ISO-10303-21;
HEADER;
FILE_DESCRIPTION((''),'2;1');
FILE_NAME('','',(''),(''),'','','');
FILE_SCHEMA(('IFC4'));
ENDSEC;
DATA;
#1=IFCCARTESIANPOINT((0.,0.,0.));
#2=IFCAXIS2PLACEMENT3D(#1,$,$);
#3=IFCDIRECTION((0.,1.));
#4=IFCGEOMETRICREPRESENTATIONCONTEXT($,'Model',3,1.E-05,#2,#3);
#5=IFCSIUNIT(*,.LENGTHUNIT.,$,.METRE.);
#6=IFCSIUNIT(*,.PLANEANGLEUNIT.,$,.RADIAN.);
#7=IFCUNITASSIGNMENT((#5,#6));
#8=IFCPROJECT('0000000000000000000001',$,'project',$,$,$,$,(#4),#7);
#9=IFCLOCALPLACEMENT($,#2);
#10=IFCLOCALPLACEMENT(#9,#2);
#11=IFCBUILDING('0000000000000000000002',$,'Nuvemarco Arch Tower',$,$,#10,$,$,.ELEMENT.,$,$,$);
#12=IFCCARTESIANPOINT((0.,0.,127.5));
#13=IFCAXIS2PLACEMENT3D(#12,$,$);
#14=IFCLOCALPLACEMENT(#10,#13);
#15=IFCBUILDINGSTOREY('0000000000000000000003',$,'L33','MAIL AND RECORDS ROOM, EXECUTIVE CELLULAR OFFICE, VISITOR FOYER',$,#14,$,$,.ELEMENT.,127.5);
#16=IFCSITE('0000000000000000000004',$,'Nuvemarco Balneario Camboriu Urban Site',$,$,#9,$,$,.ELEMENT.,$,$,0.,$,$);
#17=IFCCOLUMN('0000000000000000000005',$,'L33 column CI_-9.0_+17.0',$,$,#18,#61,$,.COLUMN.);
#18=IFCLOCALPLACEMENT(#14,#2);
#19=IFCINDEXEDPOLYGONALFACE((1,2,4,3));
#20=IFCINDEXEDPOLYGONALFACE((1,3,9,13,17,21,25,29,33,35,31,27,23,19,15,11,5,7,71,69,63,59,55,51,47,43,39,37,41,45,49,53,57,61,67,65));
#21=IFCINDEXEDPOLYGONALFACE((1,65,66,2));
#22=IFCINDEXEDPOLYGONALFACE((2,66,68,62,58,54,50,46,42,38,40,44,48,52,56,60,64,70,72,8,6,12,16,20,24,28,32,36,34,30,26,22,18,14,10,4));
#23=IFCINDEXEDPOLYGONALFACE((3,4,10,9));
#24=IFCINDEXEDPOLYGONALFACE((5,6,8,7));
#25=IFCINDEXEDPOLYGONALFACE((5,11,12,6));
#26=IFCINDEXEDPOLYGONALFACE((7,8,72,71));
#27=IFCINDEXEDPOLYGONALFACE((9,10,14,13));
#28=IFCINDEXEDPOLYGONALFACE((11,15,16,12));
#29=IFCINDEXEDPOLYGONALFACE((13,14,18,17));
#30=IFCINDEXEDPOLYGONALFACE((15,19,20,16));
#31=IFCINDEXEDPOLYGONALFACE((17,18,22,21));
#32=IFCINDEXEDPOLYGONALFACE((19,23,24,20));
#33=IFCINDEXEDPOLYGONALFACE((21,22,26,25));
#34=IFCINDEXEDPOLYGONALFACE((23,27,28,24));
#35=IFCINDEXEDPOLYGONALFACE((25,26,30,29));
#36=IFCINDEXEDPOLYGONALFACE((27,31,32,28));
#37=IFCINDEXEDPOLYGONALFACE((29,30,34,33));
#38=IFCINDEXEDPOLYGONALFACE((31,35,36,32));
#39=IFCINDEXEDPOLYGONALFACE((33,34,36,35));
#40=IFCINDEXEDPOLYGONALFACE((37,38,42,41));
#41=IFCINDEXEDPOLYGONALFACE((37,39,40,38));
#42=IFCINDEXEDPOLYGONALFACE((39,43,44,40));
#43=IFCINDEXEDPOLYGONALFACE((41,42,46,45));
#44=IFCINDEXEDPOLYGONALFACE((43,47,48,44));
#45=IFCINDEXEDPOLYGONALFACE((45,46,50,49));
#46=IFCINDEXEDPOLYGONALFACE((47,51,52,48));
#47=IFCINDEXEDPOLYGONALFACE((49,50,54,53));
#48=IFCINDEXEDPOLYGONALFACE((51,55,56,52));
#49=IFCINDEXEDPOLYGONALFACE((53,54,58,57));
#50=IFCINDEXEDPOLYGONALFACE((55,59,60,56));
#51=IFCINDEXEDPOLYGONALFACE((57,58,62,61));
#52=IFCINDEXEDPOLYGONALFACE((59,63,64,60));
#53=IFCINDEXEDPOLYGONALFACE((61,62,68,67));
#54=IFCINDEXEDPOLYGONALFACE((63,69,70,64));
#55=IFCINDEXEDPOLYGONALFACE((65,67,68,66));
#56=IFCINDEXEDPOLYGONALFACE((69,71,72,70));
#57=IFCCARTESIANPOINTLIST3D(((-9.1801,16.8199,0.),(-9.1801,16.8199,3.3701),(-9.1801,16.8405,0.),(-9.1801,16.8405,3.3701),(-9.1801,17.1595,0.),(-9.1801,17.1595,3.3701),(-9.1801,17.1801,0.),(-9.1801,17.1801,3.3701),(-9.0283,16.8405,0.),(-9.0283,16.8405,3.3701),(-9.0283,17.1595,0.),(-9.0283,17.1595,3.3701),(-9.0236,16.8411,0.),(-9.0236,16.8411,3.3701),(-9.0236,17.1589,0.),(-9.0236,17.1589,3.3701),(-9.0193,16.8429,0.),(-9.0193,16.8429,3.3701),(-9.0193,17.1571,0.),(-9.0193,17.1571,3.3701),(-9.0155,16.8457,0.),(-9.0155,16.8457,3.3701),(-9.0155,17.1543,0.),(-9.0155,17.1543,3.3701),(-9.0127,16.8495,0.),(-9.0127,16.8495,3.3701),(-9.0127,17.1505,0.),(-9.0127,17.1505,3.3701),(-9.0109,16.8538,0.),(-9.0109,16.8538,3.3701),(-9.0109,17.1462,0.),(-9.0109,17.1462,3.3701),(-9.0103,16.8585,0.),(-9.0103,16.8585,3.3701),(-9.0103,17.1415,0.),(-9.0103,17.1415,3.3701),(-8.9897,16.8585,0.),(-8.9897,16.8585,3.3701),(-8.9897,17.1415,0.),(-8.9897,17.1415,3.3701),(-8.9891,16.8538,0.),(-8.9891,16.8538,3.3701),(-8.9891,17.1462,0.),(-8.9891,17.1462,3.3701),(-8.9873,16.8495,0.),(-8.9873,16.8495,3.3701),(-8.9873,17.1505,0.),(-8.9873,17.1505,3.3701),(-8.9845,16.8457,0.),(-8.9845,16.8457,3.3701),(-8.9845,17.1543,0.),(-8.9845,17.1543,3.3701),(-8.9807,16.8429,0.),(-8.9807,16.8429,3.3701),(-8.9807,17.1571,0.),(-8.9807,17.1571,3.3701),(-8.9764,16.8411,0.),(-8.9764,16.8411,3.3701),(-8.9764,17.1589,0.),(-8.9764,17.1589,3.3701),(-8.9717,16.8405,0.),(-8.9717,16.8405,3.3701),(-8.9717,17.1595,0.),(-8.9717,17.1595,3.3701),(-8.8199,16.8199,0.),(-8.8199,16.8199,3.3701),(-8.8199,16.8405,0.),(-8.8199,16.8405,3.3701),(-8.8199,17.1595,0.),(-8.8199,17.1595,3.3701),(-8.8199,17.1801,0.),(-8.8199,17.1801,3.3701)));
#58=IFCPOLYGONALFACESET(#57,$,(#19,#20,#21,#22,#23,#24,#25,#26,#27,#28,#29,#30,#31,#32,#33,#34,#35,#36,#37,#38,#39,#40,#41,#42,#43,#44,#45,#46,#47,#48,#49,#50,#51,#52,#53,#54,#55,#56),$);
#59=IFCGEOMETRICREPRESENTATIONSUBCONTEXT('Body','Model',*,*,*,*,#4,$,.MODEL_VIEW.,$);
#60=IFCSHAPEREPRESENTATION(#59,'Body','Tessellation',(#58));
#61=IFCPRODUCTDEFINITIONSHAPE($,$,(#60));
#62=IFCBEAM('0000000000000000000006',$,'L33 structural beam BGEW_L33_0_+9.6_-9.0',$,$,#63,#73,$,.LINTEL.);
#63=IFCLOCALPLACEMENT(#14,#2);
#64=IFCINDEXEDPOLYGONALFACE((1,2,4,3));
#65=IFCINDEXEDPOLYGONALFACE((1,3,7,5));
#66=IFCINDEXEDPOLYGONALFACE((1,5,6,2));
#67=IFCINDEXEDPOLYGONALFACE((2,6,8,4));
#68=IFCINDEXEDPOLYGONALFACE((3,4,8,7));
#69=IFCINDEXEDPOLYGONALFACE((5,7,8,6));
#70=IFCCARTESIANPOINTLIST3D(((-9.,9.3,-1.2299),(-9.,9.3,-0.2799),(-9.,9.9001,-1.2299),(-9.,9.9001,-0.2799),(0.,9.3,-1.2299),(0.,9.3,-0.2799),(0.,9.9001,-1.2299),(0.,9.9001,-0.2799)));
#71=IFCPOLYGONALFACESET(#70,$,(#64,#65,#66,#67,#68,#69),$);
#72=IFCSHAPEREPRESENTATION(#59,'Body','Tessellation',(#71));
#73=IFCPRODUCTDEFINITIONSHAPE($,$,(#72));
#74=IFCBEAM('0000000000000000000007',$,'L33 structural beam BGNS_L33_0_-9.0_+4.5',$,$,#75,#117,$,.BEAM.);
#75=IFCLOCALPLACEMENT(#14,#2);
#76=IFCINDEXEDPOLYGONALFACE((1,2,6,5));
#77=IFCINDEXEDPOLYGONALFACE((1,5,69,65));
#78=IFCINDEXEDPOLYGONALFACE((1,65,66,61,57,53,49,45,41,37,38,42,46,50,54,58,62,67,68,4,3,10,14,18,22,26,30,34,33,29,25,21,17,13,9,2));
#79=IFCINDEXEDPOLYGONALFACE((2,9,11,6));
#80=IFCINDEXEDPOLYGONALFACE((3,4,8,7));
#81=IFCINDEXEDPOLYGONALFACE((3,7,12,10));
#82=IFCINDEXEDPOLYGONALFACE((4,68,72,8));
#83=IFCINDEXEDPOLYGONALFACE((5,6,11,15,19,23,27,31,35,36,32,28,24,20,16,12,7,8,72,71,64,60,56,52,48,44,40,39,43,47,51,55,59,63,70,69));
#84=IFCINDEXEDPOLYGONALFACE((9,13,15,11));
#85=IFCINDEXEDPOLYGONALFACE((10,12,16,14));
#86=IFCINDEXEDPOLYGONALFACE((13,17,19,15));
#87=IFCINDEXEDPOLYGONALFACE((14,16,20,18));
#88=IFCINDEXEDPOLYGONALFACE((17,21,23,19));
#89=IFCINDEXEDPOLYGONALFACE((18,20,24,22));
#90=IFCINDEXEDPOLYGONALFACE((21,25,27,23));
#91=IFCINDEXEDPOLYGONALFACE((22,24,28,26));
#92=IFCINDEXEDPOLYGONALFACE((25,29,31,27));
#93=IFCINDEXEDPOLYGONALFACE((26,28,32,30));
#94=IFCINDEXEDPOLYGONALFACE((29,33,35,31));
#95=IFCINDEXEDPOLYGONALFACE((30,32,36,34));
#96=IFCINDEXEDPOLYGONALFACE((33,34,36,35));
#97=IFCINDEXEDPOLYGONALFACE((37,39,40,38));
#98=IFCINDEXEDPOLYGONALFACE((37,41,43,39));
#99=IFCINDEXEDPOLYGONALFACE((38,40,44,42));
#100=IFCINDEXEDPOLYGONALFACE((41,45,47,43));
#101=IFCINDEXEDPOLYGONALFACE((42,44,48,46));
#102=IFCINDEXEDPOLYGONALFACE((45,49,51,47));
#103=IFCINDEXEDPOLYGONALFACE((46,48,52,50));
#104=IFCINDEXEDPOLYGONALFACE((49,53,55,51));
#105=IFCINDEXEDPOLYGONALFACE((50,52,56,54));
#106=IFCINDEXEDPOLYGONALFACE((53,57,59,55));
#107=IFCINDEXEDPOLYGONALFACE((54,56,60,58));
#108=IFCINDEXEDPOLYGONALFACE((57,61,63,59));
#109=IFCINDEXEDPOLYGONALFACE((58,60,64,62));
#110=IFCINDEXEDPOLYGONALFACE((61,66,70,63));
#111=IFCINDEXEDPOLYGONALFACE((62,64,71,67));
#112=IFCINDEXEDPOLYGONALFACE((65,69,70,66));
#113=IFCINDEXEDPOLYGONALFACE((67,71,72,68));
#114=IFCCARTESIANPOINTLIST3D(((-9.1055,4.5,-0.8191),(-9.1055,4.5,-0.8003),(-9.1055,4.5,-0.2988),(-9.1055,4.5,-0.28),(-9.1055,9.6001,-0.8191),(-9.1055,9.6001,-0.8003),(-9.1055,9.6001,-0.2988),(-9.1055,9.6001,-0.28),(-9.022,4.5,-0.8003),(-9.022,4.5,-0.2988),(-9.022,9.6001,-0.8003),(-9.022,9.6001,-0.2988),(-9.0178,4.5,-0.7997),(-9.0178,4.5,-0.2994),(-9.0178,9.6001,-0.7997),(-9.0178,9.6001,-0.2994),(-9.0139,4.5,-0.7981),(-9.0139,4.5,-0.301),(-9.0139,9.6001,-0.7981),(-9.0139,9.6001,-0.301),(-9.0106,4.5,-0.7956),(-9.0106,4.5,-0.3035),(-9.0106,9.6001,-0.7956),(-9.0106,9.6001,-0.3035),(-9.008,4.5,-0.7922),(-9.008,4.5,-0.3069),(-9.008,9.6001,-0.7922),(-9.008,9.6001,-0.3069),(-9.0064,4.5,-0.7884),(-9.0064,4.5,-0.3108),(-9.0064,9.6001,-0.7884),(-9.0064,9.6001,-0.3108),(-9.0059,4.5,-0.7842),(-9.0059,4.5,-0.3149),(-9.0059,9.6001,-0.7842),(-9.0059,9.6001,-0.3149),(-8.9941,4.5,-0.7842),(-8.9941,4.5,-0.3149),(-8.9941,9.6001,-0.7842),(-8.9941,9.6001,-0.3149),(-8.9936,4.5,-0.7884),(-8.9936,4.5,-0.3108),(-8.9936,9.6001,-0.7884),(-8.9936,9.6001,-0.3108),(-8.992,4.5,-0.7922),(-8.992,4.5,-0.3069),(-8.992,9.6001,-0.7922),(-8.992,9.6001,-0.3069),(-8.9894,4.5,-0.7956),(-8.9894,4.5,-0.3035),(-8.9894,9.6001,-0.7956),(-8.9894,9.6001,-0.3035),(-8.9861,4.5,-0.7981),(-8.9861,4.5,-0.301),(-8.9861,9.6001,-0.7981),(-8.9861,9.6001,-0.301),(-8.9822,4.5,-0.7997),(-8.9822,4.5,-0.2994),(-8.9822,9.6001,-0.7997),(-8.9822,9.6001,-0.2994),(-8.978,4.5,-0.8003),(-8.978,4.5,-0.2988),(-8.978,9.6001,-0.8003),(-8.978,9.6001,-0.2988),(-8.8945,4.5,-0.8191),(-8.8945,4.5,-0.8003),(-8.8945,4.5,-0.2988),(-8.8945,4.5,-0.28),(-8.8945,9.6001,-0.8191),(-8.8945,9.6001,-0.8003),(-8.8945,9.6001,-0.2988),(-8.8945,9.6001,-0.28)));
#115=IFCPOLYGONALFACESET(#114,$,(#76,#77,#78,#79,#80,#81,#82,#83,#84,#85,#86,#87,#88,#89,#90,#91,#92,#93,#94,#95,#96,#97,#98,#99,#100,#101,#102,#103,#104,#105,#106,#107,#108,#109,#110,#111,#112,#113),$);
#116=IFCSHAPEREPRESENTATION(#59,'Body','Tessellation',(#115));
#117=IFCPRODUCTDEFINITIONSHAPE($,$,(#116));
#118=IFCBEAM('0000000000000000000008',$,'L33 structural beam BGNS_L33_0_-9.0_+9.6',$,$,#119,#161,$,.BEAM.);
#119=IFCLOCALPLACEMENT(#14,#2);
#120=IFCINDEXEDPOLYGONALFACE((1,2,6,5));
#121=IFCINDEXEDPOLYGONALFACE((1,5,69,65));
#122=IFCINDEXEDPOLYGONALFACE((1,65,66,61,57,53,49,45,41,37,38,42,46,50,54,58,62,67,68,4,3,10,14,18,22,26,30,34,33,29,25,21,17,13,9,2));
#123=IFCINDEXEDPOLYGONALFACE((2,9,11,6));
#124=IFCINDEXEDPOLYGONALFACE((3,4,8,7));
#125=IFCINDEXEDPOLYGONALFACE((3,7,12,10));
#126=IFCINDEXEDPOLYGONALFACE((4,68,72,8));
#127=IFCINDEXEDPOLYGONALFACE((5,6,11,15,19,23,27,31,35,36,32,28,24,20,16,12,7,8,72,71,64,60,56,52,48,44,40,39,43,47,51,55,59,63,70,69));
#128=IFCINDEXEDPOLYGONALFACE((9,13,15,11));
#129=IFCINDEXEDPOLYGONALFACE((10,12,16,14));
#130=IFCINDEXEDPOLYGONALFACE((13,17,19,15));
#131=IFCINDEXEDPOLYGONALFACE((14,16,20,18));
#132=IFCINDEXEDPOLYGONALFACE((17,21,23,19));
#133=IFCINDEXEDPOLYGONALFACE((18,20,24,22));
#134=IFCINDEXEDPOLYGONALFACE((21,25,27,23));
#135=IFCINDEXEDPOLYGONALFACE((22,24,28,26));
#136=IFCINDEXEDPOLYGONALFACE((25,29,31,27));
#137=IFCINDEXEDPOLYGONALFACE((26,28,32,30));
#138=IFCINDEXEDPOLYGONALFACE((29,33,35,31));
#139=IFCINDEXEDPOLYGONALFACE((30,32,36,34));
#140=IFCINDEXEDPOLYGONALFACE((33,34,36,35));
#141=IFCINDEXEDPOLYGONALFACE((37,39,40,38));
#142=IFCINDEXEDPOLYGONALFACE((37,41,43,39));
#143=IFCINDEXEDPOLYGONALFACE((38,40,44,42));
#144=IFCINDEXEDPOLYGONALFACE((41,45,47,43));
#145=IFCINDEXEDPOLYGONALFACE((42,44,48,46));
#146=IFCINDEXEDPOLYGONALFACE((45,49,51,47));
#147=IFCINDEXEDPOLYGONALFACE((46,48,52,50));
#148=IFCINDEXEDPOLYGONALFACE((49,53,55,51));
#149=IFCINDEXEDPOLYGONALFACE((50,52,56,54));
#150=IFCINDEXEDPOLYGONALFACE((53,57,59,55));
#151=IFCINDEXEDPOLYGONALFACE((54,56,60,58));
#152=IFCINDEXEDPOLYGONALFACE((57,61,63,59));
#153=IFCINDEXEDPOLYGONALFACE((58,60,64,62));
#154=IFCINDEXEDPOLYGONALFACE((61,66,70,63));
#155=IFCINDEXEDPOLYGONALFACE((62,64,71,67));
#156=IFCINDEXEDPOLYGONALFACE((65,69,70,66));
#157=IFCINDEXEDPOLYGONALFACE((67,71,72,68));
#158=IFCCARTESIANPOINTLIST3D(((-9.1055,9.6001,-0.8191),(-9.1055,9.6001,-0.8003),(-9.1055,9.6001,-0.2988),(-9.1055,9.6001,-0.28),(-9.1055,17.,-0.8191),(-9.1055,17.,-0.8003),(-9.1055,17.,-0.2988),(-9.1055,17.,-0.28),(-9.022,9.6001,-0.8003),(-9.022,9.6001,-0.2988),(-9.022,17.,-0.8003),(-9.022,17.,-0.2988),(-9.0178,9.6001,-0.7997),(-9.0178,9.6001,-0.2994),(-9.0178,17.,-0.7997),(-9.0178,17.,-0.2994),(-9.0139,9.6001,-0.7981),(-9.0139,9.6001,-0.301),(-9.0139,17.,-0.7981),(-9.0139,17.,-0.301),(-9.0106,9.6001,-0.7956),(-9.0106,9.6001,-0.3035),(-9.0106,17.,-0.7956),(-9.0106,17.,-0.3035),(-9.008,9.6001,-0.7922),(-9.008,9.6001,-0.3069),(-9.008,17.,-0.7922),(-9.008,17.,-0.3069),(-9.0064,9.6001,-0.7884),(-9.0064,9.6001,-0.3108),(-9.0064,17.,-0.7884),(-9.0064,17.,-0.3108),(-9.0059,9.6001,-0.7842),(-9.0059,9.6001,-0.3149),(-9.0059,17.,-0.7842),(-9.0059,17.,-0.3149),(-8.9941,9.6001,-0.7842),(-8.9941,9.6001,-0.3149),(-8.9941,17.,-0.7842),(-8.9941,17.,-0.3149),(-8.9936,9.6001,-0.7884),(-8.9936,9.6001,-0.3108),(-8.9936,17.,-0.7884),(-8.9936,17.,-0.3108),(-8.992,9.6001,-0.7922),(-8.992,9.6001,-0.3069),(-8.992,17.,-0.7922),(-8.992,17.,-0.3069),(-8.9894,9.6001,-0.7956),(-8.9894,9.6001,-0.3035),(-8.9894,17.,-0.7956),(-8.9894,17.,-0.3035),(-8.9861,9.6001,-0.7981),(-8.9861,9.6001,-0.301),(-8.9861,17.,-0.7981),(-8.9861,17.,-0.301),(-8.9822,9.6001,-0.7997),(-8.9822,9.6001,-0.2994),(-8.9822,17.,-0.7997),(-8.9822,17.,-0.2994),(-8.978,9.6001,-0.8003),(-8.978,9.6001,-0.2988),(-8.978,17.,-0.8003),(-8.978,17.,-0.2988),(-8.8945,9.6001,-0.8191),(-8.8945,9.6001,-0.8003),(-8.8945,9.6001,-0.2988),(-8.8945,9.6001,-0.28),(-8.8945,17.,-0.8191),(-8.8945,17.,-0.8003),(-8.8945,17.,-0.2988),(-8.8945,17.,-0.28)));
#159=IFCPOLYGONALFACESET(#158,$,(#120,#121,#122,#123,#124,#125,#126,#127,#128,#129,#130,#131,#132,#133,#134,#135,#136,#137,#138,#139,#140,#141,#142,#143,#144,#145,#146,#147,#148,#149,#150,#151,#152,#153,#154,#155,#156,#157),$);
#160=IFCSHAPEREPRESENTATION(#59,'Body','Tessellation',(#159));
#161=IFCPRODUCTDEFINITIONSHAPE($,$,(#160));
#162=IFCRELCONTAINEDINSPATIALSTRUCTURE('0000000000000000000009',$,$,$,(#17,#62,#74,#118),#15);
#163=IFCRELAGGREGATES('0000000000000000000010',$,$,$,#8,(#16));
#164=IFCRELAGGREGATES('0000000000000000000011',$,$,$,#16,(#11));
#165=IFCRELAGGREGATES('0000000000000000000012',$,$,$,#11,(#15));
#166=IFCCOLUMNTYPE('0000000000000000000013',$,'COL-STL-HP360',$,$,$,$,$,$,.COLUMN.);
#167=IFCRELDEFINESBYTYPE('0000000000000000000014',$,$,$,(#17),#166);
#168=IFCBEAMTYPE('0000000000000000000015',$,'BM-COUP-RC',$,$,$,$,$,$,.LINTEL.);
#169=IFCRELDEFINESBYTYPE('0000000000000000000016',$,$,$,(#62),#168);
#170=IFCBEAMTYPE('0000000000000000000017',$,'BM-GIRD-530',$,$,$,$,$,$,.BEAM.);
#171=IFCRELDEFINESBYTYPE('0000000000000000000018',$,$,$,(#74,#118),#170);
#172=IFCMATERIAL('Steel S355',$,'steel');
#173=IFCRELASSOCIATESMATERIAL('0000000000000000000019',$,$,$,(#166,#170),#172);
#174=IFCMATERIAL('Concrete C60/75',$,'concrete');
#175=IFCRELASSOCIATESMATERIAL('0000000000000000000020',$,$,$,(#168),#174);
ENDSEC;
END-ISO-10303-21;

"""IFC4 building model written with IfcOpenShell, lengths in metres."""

from ifc_helpers import new_model, si_unit, direction, frame, origin, origin_2d, place, context, subcontext, project, spatial, rectangle, i_section, extrude, material, material_profile, profile_set, type_object, element, save


model = new_model("IFC4")

# Units and contexts
model_context = context("Model", 3, precision=1e-05, world=origin(), true_north=direction((0.0, 1.0)))
body_context = subcontext(model_context, "Body", "Model", "MODEL_VIEW")
ifc_project = project(units=[si_unit("LENGTHUNIT", "METRE"), si_unit("PLANEANGLEUNIT", "RADIAN")], contexts=[model_context])

# Site, building, storey
site_placement = place(None, origin())
site = spatial("IfcSite", under=ifc_project, at=site_placement, Name="Nuvemarco Balneario Camboriu Urban Site", CompositionType="ELEMENT", RefElevation=0.0)
building_placement = place(site_placement, origin())
building = spatial("IfcBuilding", under=site, at=building_placement, Name="Nuvemarco Arch Tower", CompositionType="ELEMENT")
storey_placement = place(building_placement, frame((0.0, 0.0, 127.5)))
storey = spatial("IfcBuildingStorey", under=building, at=storey_placement, Name="L33", Description="MAIL AND RECORDS ROOM, EXECUTIVE CELLULAR OFFICE, VISITOR FOYER", CompositionType="ELEMENT", Elevation=127.5)

# Column
ifc_material_1 = material(Name="Steel S355", Category="steel")
ifc_material_profile_1 = material_profile(ifc_material_1, i_section(OverallWidth=0.3601, OverallDepth=0.3601, WebThickness=0.0205, FlangeThickness=0.0205, FilletRadius=0.0181, at=origin_2d()), Name="HP360x174")
ifc_profile_set_1 = profile_set([ifc_material_profile_1], Name="Steel S355")
column_type_1 = type_object("IfcColumnType", Name="COL-STL-HP360", PredefinedType="COLUMN", material=ifc_profile_set_1)
column_placement = place(storey_placement, frame((-9.0, 17.0, 0.0), z_axis=(0.0, 0.0, 1.0), x_axis=(1.0, 0.0, 0.0)))
element("IfcColumn", 1, at=column_placement, inside=storey, type_object=column_type_1, Name="L33 column CI_-9.0_+17.0", PredefinedType="COLUMN", context=body_context, shape_type="SweptSolid", body=[
    extrude(i_section(OverallWidth=0.3601, OverallDepth=0.3601, WebThickness=0.0205, FlangeThickness=0.0205, FilletRadius=0.0181, at=origin_2d()), origin(), (0.0, 0.0, 1.0), 3.3701),
])

# Beams
ifc_material_2 = material(Name="Concrete C60/75", Category="concrete")
ifc_material_profile_2 = material_profile(ifc_material_2, rectangle(XDim=0.6001, YDim=0.95, at=origin_2d()), Name="RC-BM-600x950")
ifc_profile_set_2 = profile_set([ifc_material_profile_2], Name="Concrete C60/75")
beam_type_1 = type_object("IfcBeamType", Name="BM-COUP-RC", PredefinedType="LINTEL", material=ifc_profile_set_2)
beam_1_placement = place(storey_placement, frame((-9.0, 9.6001, -0.7549), z_axis=(1.0, 0.0, 0.0), x_axis=(0.0, 1.0, 0.0)))
element("IfcBeam", 2, at=beam_1_placement, inside=storey, type_object=beam_type_1, Name="L33 structural beam BGEW_L33_0_+9.6_-9.0", PredefinedType="LINTEL", context=body_context, shape_type="SweptSolid", body=[
    extrude(rectangle(XDim=0.6001, YDim=0.95, at=origin_2d()), origin(), (0.0, 0.0, 1.0), 9.0),
])
ifc_material_profile_3 = material_profile(ifc_material_1, i_section(OverallWidth=0.2109, OverallDepth=0.5391, WebThickness=0.0117, FlangeThickness=0.0188, FilletRadius=0.0161, at=origin_2d()), Name="W530x109")
ifc_profile_set_3 = profile_set([ifc_material_profile_3], Name="Steel S355")
beam_type_2 = type_object("IfcBeamType", Name="BM-GIRD-530", PredefinedType="BEAM", material=ifc_profile_set_3)
beam_2_placement = place(storey_placement, frame((-9.0, 4.5, -0.5496), z_axis=(0.0, 1.0, 0.0), x_axis=(-1.0, 0.0, 0.0)))
element("IfcBeam", 3, at=beam_2_placement, inside=storey, type_object=beam_type_2, Name="L33 structural beam BGNS_L33_0_-9.0_+4.5", PredefinedType="BEAM", context=body_context, shape_type="SweptSolid", body=[
    extrude(i_section(OverallWidth=0.2109, OverallDepth=0.5391, WebThickness=0.0117, FlangeThickness=0.0188, FilletRadius=0.0161, at=origin_2d()), origin(), (0.0, 0.0, 1.0), 5.1001),
])
beam_3_placement = place(storey_placement, frame((-9.0, 9.6001, -0.5496), z_axis=(0.0, 1.0, 0.0), x_axis=(-1.0, 0.0, 0.0)))
element("IfcBeam", 4, at=beam_3_placement, inside=storey, type_object=beam_type_2, Name="L33 structural beam BGNS_L33_0_-9.0_+9.6", PredefinedType="BEAM", context=body_context, shape_type="SweptSolid", body=[
    extrude(i_section(OverallWidth=0.2109, OverallDepth=0.5391, WebThickness=0.0117, FlangeThickness=0.0188, FilletRadius=0.0161, at=origin_2d()), origin(), (0.0, 0.0, 1.0), 7.3999),
])

save(model, "model.ifc")
